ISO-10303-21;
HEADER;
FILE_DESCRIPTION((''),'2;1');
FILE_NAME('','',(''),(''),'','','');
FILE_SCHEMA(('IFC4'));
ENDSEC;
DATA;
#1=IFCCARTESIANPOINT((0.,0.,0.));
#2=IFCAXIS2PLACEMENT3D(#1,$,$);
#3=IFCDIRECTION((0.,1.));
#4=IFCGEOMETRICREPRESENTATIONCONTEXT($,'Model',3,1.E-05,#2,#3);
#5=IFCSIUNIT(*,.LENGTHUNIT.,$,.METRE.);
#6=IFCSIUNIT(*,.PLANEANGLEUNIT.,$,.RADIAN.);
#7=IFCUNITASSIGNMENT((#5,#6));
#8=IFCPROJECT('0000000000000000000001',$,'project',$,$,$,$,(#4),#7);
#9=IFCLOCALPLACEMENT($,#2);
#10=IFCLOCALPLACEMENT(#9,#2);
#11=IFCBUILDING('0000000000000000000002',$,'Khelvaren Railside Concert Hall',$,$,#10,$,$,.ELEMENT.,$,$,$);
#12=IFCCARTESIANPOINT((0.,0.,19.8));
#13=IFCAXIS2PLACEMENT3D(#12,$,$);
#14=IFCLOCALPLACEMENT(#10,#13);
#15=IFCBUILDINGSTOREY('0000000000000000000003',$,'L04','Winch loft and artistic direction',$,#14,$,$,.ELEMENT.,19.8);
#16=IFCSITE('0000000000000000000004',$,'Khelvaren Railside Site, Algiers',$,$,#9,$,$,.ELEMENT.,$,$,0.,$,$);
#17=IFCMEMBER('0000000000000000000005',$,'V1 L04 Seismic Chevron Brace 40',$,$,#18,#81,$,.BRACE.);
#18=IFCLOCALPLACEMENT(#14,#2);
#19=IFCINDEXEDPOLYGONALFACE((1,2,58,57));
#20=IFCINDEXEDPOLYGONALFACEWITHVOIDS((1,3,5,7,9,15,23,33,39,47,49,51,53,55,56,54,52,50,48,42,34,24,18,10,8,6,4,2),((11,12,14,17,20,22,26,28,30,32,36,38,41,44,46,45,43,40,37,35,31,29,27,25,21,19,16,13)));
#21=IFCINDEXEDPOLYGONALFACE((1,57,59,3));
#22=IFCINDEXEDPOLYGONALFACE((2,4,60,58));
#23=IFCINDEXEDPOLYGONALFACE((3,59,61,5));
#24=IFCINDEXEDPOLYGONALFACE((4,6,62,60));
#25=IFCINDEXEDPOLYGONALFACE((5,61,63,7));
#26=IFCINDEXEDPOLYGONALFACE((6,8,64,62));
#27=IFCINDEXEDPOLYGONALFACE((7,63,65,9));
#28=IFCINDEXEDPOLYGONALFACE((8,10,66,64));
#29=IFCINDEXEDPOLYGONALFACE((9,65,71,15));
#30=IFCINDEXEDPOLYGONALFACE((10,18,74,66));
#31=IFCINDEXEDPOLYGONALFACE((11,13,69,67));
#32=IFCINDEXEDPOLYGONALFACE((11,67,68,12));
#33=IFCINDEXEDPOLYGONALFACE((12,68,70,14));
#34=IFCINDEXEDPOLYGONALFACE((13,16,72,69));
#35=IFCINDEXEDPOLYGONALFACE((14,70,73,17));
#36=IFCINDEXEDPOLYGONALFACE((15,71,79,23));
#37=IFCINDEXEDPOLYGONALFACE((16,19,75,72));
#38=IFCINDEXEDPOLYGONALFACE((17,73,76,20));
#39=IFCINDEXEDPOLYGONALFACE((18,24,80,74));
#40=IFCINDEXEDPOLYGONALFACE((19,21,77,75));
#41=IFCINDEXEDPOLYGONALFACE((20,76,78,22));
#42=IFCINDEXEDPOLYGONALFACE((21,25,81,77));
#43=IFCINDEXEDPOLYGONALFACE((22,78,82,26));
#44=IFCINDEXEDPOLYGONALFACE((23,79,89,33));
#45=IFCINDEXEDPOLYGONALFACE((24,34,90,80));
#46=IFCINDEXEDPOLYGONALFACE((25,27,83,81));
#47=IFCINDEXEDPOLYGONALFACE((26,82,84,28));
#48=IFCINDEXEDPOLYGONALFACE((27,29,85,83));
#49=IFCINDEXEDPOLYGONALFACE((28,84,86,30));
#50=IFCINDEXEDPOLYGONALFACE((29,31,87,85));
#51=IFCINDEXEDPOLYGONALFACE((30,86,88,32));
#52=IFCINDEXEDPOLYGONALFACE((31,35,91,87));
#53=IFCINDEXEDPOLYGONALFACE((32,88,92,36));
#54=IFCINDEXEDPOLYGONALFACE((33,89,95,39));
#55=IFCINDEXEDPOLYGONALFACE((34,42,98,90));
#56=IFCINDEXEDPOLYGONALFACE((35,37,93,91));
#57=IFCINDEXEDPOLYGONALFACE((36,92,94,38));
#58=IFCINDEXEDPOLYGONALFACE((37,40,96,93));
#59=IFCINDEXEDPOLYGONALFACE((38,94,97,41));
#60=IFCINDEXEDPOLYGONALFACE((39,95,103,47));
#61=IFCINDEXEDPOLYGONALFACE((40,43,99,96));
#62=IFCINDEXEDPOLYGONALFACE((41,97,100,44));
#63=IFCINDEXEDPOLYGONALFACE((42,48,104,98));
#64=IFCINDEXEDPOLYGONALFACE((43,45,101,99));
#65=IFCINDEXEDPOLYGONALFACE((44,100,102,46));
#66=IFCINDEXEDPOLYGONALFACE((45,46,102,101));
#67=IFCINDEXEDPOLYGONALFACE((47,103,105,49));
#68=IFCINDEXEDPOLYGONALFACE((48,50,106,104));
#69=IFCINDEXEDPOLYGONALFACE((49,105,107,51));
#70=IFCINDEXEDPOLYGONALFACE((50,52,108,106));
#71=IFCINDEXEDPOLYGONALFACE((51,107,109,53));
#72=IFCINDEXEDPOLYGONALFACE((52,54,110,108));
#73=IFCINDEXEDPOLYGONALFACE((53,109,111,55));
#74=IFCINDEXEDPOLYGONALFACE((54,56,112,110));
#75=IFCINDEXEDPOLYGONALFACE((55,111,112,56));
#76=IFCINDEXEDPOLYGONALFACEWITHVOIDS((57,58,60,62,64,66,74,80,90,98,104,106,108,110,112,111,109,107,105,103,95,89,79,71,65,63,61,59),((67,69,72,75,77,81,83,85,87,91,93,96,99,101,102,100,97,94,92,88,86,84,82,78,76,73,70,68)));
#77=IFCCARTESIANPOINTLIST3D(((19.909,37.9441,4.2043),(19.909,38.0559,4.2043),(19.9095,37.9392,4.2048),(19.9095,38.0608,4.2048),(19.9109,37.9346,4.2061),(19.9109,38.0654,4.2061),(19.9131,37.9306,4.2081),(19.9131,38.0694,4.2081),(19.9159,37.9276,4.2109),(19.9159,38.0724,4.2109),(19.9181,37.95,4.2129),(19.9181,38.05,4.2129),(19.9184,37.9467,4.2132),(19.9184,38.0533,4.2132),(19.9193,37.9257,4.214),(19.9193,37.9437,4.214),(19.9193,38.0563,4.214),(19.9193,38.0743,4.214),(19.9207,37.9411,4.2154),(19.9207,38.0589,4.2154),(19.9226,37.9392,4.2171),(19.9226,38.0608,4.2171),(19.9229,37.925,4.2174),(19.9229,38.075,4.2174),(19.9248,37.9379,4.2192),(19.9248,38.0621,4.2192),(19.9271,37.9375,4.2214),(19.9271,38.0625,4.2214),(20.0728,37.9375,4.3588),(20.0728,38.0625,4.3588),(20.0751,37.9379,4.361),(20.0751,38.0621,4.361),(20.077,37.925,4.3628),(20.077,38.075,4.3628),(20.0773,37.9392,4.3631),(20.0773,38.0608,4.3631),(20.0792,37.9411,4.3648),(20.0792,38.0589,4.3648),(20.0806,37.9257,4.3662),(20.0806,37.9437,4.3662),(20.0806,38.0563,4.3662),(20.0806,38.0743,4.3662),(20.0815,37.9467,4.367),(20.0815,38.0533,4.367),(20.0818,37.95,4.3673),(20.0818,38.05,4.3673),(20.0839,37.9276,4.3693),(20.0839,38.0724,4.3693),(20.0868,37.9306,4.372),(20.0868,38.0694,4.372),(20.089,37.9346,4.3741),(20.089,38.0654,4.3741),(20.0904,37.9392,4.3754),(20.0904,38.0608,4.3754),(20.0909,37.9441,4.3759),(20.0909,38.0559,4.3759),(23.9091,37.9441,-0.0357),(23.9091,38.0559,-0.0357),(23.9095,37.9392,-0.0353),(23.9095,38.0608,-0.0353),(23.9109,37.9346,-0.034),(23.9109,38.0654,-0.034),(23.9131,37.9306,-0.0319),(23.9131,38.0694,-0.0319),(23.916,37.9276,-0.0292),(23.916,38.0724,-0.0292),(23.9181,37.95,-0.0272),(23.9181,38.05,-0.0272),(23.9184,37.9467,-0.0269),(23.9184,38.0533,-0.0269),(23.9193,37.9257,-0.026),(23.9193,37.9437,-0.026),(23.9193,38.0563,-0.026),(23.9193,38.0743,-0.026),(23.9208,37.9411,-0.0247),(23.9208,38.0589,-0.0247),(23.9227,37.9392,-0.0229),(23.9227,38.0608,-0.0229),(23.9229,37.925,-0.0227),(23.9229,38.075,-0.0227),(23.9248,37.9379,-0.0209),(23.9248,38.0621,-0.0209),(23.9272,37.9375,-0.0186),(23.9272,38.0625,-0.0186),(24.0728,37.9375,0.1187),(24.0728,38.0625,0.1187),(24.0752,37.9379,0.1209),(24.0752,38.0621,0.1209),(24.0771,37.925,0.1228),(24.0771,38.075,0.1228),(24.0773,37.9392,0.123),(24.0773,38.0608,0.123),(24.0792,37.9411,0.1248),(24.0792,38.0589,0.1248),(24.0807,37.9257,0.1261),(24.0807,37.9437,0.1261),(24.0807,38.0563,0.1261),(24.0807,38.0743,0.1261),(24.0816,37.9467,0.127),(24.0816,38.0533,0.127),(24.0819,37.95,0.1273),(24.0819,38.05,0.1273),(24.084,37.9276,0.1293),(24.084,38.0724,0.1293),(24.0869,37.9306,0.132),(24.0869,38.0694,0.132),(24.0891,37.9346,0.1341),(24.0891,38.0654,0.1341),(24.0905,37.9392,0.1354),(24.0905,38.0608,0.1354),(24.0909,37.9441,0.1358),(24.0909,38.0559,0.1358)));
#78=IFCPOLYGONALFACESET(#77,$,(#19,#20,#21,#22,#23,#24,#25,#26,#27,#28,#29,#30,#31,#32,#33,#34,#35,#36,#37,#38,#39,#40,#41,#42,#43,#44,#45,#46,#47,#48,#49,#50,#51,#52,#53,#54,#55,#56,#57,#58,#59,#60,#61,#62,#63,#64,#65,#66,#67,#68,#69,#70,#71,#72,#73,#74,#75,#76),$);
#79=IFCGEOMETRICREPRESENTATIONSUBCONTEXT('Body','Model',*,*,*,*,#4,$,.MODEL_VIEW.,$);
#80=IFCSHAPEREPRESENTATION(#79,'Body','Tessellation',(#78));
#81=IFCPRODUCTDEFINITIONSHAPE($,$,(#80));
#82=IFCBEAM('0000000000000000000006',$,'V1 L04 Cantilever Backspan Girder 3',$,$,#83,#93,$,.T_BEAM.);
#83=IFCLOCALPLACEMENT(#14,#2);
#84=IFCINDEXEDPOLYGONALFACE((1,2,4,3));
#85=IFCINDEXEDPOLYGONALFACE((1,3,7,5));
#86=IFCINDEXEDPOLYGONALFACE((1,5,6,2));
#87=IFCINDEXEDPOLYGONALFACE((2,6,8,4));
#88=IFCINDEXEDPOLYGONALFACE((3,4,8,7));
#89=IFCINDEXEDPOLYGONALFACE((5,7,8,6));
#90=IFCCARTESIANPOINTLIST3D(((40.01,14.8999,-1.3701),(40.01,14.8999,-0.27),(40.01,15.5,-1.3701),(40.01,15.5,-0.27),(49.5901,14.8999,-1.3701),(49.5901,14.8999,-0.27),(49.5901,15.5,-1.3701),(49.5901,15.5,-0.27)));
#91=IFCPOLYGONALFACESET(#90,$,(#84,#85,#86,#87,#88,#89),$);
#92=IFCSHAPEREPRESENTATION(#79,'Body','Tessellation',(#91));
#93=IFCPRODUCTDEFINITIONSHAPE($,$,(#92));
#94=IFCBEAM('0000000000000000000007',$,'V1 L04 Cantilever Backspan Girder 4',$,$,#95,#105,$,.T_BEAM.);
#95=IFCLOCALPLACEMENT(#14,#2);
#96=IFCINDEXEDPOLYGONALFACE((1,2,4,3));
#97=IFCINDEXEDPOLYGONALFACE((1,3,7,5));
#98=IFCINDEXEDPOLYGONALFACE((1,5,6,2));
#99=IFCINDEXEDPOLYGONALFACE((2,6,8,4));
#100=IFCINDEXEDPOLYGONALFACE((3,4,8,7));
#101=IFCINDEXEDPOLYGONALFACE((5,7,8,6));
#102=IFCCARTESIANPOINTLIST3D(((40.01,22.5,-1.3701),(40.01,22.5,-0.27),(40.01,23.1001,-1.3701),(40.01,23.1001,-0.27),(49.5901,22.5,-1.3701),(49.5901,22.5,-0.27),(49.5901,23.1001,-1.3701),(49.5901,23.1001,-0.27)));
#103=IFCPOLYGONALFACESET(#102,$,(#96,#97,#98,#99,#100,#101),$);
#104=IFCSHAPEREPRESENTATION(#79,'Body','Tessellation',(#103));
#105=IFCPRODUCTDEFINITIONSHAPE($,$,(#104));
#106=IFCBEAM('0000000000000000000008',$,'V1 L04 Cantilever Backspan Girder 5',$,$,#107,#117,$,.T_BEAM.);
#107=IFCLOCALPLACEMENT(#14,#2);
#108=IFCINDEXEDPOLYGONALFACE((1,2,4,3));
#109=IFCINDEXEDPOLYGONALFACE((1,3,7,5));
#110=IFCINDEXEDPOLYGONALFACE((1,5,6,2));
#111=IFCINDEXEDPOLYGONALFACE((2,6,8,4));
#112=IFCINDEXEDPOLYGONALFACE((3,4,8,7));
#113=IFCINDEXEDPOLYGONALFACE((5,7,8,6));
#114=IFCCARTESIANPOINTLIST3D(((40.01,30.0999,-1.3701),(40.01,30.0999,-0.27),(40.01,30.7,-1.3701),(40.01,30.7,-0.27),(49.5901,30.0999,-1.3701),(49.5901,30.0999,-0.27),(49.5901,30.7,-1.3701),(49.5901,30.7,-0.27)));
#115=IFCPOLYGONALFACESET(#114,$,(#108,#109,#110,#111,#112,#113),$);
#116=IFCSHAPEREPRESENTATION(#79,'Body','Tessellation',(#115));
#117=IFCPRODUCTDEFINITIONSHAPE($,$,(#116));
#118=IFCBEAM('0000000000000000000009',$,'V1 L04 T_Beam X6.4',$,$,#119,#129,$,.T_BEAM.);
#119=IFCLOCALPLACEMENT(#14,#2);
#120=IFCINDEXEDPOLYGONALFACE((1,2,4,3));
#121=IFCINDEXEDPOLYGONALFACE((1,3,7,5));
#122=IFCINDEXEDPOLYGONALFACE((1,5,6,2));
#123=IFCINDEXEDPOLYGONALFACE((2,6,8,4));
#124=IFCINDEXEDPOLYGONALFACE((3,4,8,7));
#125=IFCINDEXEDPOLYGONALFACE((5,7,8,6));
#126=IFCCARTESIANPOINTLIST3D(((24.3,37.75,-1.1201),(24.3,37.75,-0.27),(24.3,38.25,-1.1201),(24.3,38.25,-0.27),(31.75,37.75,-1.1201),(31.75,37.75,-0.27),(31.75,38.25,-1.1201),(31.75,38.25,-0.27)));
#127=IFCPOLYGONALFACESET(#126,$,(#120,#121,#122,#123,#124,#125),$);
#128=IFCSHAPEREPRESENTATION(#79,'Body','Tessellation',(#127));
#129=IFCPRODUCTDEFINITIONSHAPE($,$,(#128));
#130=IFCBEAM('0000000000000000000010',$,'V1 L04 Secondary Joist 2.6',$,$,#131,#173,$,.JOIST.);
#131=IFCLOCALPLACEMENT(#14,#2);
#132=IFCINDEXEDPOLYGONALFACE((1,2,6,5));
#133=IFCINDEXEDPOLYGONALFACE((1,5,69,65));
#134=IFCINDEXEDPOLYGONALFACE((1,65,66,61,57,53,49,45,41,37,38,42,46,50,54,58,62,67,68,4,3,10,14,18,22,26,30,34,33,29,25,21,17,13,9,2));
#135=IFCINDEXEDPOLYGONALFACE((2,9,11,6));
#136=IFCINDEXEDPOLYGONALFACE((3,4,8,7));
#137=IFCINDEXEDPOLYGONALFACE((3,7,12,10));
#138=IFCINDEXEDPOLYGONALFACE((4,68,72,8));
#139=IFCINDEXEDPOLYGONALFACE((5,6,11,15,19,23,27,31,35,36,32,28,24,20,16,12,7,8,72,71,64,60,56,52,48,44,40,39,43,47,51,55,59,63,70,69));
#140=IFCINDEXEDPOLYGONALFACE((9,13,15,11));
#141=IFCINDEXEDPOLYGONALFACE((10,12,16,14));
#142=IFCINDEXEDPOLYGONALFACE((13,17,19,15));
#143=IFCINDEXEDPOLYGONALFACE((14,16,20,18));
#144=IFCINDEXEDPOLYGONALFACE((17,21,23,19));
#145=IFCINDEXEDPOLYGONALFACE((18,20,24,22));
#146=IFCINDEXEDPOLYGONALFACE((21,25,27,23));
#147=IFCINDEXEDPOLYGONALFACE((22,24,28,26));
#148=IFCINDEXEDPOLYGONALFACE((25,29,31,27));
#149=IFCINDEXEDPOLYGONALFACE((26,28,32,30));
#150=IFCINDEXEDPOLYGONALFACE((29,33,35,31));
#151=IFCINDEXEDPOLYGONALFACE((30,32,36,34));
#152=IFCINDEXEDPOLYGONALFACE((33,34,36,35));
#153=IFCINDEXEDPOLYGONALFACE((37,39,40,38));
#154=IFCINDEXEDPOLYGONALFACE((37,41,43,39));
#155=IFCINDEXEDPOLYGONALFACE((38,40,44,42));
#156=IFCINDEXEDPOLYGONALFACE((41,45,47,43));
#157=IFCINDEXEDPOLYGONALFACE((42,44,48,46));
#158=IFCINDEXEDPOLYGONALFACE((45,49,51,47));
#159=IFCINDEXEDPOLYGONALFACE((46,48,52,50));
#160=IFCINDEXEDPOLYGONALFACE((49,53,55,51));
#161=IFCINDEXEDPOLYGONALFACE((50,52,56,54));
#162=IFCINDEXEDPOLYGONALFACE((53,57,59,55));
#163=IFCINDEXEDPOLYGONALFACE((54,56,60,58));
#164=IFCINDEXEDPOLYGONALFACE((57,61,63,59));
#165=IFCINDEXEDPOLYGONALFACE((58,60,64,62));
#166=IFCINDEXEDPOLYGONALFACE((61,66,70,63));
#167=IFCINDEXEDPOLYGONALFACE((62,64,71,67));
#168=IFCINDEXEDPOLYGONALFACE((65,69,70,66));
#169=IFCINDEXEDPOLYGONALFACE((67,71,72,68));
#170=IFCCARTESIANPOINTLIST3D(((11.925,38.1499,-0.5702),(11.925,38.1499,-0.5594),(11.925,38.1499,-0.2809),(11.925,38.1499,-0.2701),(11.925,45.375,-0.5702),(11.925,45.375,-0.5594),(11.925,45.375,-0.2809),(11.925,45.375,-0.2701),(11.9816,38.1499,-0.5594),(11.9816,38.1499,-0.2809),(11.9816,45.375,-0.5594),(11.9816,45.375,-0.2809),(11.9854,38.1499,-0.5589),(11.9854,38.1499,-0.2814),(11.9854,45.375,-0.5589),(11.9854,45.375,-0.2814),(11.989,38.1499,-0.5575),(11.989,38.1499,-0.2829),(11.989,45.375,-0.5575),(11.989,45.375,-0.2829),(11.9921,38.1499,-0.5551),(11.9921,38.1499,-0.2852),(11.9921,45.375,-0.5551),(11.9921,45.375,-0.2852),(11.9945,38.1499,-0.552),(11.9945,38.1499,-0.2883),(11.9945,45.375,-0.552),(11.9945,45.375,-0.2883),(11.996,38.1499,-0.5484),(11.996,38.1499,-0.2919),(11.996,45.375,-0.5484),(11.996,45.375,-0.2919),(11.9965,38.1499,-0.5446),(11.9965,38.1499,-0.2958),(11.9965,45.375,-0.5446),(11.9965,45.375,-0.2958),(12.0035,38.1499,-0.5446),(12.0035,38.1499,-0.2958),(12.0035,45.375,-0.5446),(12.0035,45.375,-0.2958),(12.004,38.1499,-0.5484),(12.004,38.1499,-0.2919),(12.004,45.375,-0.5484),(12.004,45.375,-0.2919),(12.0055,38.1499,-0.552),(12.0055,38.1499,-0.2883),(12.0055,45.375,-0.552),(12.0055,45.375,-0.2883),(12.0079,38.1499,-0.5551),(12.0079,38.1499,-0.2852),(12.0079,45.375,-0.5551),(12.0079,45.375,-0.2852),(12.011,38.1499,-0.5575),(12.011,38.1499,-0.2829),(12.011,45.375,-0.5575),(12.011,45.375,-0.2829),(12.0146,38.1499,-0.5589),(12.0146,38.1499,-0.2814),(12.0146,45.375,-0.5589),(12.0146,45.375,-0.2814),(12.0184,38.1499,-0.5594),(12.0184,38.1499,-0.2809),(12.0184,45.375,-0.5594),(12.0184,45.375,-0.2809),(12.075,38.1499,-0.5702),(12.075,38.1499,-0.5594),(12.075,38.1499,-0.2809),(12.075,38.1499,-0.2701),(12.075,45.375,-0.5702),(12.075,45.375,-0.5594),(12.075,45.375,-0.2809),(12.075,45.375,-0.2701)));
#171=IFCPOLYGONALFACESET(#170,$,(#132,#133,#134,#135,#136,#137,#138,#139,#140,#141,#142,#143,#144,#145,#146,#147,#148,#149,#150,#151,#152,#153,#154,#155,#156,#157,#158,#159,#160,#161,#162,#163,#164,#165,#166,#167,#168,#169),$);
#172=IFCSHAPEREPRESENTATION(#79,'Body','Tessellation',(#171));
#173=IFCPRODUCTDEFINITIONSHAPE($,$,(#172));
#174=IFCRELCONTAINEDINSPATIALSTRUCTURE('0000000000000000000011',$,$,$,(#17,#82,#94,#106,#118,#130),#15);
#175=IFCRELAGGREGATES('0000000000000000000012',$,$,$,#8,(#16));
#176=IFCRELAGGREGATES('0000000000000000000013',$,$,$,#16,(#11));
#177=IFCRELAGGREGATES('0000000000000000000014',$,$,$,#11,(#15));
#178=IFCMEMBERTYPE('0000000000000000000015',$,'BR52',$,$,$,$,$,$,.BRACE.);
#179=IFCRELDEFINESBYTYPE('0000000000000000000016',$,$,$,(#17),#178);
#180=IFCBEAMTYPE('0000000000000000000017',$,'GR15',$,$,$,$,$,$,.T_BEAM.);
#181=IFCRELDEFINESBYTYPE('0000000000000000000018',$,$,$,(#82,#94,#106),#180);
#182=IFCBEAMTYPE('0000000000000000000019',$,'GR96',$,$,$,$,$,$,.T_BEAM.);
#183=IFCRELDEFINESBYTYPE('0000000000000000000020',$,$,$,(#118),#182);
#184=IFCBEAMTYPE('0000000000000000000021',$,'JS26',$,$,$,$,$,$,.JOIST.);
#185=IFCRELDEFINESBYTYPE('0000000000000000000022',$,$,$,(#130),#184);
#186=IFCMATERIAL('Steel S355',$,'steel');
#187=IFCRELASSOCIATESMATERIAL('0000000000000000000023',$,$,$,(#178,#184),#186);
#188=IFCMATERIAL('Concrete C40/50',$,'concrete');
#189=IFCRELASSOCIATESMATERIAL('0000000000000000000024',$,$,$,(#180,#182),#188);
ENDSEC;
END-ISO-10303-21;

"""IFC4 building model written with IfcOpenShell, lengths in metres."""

from ifc_helpers import new_model, si_unit, direction, frame, origin, origin_2d, place, context, subcontext, project, spatial, rectangle, hollow_rectangle, i_section, extrude, material, material_profile, profile_set, type_object, element, save


model = new_model("IFC4")

# Units and contexts
model_context = context("Model", 3, precision=1e-05, world=origin(), true_north=direction((0.0, 1.0)))
body_context = subcontext(model_context, "Body", "Model", "MODEL_VIEW")
ifc_project = project(units=[si_unit("LENGTHUNIT", "METRE"), si_unit("PLANEANGLEUNIT", "RADIAN")], contexts=[model_context])

# Site, building, storey
site_placement = place(None, origin())
site = spatial("IfcSite", under=ifc_project, at=site_placement, Name="Khelvaren Railside Site, Algiers", CompositionType="ELEMENT", RefElevation=0.0)
building_placement = place(site_placement, origin())
building = spatial("IfcBuilding", under=site, at=building_placement, Name="Khelvaren Railside Concert Hall", CompositionType="ELEMENT")
storey_placement = place(building_placement, frame((0.0, 0.0, 19.8)))
storey = spatial("IfcBuildingStorey", under=building, at=storey_placement, Name="L04", Description="Winch loft and artistic direction", CompositionType="ELEMENT", Elevation=19.8)

# Shared definitions
ifc_material_1 = material(Name="Steel S355", Category="steel")

# Shared definitions
ifc_material_2 = material(Name="Concrete C40/50", Category="concrete")

# Member
ifc_material_profile_1 = material_profile(ifc_material_1, hollow_rectangle(XDim=0.1499, YDim=0.25, WallThickness=0.0125, InnerFilletRadius=0.0125, OuterFilletRadius=0.019, at=origin_2d()), Name="RHS 250x150x12.5")
ifc_profile_set_1 = profile_set([ifc_material_profile_1], Name="Steel S355")
member_type_1 = type_object("IfcMemberType", Name="BR52", PredefinedType="BRACE", material=ifc_profile_set_1)
for number, where, z_axis, x_axis, name in (
    (1, (24.0, 38.0, 0.05), (-0.686221, 0.0, 0.727393), (0.0, -1.0, 0.0), "V1 L04 Seismic Chevron Brace 40"),
):
    element("IfcMember", number, at=place(storey_placement, frame(where, z_axis=z_axis, x_axis=x_axis)), inside=storey, type_object=member_type_1, Name=name, PredefinedType="BRACE", context=body_context, shape_type="SweptSolid", body=[
        extrude(hollow_rectangle(XDim=0.1499, YDim=0.25, WallThickness=0.0125, InnerFilletRadius=0.0125, OuterFilletRadius=0.019, at=origin_2d()), origin(), (0.0, 0.0, 1.0), 5.8291),
    ])

# Beams
ifc_material_profile_2 = material_profile(ifc_material_2, rectangle(XDim=0.6001, YDim=1.1001, at=origin_2d()), Name="RCB 600x1100")
ifc_profile_set_2 = profile_set([ifc_material_profile_2], Name="Concrete C40/50")
beam_type_1 = type_object("IfcBeamType", Name="GR15", PredefinedType="T_BEAM", material=ifc_profile_set_2)
for number, where, z_axis, x_axis, name in (
    (2, (40.01, 15.2, -0.8201), (1.0, 0.0, 0.0), (0.0, 1.0, 0.0), "V1 L04 Cantilever Backspan Girder 3"),
    (3, (40.01, 22.8, -0.8201), (1.0, 0.0, 0.0), (0.0, 1.0, 0.0), "V1 L04 Cantilever Backspan Girder 4"),
    (4, (40.01, 30.3999, -0.8201), (1.0, 0.0, 0.0), (0.0, 1.0, 0.0), "V1 L04 Cantilever Backspan Girder 5"),
):
    element("IfcBeam", number, at=place(storey_placement, frame(where, z_axis=z_axis, x_axis=x_axis)), inside=storey, type_object=beam_type_1, Name=name, PredefinedType="T_BEAM", context=body_context, shape_type="SweptSolid", body=[
        extrude(rectangle(XDim=0.6001, YDim=1.1001, at=origin_2d()), origin(), (0.0, 0.0, 1.0), 9.5801),
    ])
ifc_material_profile_3 = material_profile(ifc_material_2, rectangle(XDim=0.5, YDim=0.8501, at=origin_2d()), Name="RCB 500x850")
ifc_profile_set_3 = profile_set([ifc_material_profile_3], Name="Concrete C40/50")
beam_type_2 = type_object("IfcBeamType", Name="GR96", PredefinedType="T_BEAM", material=ifc_profile_set_3)
beam_1_placement = place(storey_placement, frame((24.3, 38.0, -0.6951), z_axis=(1.0, 0.0, 0.0), x_axis=(0.0, 1.0, 0.0)))
element("IfcBeam", 5, at=beam_1_placement, inside=storey, type_object=beam_type_2, Name="V1 L04 T_Beam X6.4", PredefinedType="T_BEAM", context=body_context, shape_type="SweptSolid", body=[
    extrude(rectangle(XDim=0.5, YDim=0.8501, at=origin_2d()), origin(), (0.0, 0.0, 1.0), 7.45),
])
ifc_material_profile_4 = material_profile(ifc_material_1, i_section(OverallWidth=0.1499, OverallDepth=0.3, WebThickness=0.0071, FlangeThickness=0.0107, FilletRadius=0.0149, at=origin_2d()), Name="IPE 300")
ifc_profile_set_4 = profile_set([ifc_material_profile_4], Name="Steel S355")
beam_type_3 = type_object("IfcBeamType", Name="JS26", PredefinedType="JOIST", material=ifc_profile_set_4)
beam_2_placement = place(storey_placement, frame((12.0, 38.1499, -0.4202), z_axis=(0.0, 1.0, 0.0), x_axis=(-1.0, 0.0, 0.0)))
element("IfcBeam", 6, at=beam_2_placement, inside=storey, type_object=beam_type_3, Name="V1 L04 Secondary Joist 2.6", PredefinedType="JOIST", context=body_context, shape_type="SweptSolid", body=[
    extrude(i_section(OverallWidth=0.1499, OverallDepth=0.3, WebThickness=0.0071, FlangeThickness=0.0107, FilletRadius=0.0149, at=origin_2d()), origin(), (0.0, 0.0, 1.0), 7.2251),
])

save(model, "model.ifc")
